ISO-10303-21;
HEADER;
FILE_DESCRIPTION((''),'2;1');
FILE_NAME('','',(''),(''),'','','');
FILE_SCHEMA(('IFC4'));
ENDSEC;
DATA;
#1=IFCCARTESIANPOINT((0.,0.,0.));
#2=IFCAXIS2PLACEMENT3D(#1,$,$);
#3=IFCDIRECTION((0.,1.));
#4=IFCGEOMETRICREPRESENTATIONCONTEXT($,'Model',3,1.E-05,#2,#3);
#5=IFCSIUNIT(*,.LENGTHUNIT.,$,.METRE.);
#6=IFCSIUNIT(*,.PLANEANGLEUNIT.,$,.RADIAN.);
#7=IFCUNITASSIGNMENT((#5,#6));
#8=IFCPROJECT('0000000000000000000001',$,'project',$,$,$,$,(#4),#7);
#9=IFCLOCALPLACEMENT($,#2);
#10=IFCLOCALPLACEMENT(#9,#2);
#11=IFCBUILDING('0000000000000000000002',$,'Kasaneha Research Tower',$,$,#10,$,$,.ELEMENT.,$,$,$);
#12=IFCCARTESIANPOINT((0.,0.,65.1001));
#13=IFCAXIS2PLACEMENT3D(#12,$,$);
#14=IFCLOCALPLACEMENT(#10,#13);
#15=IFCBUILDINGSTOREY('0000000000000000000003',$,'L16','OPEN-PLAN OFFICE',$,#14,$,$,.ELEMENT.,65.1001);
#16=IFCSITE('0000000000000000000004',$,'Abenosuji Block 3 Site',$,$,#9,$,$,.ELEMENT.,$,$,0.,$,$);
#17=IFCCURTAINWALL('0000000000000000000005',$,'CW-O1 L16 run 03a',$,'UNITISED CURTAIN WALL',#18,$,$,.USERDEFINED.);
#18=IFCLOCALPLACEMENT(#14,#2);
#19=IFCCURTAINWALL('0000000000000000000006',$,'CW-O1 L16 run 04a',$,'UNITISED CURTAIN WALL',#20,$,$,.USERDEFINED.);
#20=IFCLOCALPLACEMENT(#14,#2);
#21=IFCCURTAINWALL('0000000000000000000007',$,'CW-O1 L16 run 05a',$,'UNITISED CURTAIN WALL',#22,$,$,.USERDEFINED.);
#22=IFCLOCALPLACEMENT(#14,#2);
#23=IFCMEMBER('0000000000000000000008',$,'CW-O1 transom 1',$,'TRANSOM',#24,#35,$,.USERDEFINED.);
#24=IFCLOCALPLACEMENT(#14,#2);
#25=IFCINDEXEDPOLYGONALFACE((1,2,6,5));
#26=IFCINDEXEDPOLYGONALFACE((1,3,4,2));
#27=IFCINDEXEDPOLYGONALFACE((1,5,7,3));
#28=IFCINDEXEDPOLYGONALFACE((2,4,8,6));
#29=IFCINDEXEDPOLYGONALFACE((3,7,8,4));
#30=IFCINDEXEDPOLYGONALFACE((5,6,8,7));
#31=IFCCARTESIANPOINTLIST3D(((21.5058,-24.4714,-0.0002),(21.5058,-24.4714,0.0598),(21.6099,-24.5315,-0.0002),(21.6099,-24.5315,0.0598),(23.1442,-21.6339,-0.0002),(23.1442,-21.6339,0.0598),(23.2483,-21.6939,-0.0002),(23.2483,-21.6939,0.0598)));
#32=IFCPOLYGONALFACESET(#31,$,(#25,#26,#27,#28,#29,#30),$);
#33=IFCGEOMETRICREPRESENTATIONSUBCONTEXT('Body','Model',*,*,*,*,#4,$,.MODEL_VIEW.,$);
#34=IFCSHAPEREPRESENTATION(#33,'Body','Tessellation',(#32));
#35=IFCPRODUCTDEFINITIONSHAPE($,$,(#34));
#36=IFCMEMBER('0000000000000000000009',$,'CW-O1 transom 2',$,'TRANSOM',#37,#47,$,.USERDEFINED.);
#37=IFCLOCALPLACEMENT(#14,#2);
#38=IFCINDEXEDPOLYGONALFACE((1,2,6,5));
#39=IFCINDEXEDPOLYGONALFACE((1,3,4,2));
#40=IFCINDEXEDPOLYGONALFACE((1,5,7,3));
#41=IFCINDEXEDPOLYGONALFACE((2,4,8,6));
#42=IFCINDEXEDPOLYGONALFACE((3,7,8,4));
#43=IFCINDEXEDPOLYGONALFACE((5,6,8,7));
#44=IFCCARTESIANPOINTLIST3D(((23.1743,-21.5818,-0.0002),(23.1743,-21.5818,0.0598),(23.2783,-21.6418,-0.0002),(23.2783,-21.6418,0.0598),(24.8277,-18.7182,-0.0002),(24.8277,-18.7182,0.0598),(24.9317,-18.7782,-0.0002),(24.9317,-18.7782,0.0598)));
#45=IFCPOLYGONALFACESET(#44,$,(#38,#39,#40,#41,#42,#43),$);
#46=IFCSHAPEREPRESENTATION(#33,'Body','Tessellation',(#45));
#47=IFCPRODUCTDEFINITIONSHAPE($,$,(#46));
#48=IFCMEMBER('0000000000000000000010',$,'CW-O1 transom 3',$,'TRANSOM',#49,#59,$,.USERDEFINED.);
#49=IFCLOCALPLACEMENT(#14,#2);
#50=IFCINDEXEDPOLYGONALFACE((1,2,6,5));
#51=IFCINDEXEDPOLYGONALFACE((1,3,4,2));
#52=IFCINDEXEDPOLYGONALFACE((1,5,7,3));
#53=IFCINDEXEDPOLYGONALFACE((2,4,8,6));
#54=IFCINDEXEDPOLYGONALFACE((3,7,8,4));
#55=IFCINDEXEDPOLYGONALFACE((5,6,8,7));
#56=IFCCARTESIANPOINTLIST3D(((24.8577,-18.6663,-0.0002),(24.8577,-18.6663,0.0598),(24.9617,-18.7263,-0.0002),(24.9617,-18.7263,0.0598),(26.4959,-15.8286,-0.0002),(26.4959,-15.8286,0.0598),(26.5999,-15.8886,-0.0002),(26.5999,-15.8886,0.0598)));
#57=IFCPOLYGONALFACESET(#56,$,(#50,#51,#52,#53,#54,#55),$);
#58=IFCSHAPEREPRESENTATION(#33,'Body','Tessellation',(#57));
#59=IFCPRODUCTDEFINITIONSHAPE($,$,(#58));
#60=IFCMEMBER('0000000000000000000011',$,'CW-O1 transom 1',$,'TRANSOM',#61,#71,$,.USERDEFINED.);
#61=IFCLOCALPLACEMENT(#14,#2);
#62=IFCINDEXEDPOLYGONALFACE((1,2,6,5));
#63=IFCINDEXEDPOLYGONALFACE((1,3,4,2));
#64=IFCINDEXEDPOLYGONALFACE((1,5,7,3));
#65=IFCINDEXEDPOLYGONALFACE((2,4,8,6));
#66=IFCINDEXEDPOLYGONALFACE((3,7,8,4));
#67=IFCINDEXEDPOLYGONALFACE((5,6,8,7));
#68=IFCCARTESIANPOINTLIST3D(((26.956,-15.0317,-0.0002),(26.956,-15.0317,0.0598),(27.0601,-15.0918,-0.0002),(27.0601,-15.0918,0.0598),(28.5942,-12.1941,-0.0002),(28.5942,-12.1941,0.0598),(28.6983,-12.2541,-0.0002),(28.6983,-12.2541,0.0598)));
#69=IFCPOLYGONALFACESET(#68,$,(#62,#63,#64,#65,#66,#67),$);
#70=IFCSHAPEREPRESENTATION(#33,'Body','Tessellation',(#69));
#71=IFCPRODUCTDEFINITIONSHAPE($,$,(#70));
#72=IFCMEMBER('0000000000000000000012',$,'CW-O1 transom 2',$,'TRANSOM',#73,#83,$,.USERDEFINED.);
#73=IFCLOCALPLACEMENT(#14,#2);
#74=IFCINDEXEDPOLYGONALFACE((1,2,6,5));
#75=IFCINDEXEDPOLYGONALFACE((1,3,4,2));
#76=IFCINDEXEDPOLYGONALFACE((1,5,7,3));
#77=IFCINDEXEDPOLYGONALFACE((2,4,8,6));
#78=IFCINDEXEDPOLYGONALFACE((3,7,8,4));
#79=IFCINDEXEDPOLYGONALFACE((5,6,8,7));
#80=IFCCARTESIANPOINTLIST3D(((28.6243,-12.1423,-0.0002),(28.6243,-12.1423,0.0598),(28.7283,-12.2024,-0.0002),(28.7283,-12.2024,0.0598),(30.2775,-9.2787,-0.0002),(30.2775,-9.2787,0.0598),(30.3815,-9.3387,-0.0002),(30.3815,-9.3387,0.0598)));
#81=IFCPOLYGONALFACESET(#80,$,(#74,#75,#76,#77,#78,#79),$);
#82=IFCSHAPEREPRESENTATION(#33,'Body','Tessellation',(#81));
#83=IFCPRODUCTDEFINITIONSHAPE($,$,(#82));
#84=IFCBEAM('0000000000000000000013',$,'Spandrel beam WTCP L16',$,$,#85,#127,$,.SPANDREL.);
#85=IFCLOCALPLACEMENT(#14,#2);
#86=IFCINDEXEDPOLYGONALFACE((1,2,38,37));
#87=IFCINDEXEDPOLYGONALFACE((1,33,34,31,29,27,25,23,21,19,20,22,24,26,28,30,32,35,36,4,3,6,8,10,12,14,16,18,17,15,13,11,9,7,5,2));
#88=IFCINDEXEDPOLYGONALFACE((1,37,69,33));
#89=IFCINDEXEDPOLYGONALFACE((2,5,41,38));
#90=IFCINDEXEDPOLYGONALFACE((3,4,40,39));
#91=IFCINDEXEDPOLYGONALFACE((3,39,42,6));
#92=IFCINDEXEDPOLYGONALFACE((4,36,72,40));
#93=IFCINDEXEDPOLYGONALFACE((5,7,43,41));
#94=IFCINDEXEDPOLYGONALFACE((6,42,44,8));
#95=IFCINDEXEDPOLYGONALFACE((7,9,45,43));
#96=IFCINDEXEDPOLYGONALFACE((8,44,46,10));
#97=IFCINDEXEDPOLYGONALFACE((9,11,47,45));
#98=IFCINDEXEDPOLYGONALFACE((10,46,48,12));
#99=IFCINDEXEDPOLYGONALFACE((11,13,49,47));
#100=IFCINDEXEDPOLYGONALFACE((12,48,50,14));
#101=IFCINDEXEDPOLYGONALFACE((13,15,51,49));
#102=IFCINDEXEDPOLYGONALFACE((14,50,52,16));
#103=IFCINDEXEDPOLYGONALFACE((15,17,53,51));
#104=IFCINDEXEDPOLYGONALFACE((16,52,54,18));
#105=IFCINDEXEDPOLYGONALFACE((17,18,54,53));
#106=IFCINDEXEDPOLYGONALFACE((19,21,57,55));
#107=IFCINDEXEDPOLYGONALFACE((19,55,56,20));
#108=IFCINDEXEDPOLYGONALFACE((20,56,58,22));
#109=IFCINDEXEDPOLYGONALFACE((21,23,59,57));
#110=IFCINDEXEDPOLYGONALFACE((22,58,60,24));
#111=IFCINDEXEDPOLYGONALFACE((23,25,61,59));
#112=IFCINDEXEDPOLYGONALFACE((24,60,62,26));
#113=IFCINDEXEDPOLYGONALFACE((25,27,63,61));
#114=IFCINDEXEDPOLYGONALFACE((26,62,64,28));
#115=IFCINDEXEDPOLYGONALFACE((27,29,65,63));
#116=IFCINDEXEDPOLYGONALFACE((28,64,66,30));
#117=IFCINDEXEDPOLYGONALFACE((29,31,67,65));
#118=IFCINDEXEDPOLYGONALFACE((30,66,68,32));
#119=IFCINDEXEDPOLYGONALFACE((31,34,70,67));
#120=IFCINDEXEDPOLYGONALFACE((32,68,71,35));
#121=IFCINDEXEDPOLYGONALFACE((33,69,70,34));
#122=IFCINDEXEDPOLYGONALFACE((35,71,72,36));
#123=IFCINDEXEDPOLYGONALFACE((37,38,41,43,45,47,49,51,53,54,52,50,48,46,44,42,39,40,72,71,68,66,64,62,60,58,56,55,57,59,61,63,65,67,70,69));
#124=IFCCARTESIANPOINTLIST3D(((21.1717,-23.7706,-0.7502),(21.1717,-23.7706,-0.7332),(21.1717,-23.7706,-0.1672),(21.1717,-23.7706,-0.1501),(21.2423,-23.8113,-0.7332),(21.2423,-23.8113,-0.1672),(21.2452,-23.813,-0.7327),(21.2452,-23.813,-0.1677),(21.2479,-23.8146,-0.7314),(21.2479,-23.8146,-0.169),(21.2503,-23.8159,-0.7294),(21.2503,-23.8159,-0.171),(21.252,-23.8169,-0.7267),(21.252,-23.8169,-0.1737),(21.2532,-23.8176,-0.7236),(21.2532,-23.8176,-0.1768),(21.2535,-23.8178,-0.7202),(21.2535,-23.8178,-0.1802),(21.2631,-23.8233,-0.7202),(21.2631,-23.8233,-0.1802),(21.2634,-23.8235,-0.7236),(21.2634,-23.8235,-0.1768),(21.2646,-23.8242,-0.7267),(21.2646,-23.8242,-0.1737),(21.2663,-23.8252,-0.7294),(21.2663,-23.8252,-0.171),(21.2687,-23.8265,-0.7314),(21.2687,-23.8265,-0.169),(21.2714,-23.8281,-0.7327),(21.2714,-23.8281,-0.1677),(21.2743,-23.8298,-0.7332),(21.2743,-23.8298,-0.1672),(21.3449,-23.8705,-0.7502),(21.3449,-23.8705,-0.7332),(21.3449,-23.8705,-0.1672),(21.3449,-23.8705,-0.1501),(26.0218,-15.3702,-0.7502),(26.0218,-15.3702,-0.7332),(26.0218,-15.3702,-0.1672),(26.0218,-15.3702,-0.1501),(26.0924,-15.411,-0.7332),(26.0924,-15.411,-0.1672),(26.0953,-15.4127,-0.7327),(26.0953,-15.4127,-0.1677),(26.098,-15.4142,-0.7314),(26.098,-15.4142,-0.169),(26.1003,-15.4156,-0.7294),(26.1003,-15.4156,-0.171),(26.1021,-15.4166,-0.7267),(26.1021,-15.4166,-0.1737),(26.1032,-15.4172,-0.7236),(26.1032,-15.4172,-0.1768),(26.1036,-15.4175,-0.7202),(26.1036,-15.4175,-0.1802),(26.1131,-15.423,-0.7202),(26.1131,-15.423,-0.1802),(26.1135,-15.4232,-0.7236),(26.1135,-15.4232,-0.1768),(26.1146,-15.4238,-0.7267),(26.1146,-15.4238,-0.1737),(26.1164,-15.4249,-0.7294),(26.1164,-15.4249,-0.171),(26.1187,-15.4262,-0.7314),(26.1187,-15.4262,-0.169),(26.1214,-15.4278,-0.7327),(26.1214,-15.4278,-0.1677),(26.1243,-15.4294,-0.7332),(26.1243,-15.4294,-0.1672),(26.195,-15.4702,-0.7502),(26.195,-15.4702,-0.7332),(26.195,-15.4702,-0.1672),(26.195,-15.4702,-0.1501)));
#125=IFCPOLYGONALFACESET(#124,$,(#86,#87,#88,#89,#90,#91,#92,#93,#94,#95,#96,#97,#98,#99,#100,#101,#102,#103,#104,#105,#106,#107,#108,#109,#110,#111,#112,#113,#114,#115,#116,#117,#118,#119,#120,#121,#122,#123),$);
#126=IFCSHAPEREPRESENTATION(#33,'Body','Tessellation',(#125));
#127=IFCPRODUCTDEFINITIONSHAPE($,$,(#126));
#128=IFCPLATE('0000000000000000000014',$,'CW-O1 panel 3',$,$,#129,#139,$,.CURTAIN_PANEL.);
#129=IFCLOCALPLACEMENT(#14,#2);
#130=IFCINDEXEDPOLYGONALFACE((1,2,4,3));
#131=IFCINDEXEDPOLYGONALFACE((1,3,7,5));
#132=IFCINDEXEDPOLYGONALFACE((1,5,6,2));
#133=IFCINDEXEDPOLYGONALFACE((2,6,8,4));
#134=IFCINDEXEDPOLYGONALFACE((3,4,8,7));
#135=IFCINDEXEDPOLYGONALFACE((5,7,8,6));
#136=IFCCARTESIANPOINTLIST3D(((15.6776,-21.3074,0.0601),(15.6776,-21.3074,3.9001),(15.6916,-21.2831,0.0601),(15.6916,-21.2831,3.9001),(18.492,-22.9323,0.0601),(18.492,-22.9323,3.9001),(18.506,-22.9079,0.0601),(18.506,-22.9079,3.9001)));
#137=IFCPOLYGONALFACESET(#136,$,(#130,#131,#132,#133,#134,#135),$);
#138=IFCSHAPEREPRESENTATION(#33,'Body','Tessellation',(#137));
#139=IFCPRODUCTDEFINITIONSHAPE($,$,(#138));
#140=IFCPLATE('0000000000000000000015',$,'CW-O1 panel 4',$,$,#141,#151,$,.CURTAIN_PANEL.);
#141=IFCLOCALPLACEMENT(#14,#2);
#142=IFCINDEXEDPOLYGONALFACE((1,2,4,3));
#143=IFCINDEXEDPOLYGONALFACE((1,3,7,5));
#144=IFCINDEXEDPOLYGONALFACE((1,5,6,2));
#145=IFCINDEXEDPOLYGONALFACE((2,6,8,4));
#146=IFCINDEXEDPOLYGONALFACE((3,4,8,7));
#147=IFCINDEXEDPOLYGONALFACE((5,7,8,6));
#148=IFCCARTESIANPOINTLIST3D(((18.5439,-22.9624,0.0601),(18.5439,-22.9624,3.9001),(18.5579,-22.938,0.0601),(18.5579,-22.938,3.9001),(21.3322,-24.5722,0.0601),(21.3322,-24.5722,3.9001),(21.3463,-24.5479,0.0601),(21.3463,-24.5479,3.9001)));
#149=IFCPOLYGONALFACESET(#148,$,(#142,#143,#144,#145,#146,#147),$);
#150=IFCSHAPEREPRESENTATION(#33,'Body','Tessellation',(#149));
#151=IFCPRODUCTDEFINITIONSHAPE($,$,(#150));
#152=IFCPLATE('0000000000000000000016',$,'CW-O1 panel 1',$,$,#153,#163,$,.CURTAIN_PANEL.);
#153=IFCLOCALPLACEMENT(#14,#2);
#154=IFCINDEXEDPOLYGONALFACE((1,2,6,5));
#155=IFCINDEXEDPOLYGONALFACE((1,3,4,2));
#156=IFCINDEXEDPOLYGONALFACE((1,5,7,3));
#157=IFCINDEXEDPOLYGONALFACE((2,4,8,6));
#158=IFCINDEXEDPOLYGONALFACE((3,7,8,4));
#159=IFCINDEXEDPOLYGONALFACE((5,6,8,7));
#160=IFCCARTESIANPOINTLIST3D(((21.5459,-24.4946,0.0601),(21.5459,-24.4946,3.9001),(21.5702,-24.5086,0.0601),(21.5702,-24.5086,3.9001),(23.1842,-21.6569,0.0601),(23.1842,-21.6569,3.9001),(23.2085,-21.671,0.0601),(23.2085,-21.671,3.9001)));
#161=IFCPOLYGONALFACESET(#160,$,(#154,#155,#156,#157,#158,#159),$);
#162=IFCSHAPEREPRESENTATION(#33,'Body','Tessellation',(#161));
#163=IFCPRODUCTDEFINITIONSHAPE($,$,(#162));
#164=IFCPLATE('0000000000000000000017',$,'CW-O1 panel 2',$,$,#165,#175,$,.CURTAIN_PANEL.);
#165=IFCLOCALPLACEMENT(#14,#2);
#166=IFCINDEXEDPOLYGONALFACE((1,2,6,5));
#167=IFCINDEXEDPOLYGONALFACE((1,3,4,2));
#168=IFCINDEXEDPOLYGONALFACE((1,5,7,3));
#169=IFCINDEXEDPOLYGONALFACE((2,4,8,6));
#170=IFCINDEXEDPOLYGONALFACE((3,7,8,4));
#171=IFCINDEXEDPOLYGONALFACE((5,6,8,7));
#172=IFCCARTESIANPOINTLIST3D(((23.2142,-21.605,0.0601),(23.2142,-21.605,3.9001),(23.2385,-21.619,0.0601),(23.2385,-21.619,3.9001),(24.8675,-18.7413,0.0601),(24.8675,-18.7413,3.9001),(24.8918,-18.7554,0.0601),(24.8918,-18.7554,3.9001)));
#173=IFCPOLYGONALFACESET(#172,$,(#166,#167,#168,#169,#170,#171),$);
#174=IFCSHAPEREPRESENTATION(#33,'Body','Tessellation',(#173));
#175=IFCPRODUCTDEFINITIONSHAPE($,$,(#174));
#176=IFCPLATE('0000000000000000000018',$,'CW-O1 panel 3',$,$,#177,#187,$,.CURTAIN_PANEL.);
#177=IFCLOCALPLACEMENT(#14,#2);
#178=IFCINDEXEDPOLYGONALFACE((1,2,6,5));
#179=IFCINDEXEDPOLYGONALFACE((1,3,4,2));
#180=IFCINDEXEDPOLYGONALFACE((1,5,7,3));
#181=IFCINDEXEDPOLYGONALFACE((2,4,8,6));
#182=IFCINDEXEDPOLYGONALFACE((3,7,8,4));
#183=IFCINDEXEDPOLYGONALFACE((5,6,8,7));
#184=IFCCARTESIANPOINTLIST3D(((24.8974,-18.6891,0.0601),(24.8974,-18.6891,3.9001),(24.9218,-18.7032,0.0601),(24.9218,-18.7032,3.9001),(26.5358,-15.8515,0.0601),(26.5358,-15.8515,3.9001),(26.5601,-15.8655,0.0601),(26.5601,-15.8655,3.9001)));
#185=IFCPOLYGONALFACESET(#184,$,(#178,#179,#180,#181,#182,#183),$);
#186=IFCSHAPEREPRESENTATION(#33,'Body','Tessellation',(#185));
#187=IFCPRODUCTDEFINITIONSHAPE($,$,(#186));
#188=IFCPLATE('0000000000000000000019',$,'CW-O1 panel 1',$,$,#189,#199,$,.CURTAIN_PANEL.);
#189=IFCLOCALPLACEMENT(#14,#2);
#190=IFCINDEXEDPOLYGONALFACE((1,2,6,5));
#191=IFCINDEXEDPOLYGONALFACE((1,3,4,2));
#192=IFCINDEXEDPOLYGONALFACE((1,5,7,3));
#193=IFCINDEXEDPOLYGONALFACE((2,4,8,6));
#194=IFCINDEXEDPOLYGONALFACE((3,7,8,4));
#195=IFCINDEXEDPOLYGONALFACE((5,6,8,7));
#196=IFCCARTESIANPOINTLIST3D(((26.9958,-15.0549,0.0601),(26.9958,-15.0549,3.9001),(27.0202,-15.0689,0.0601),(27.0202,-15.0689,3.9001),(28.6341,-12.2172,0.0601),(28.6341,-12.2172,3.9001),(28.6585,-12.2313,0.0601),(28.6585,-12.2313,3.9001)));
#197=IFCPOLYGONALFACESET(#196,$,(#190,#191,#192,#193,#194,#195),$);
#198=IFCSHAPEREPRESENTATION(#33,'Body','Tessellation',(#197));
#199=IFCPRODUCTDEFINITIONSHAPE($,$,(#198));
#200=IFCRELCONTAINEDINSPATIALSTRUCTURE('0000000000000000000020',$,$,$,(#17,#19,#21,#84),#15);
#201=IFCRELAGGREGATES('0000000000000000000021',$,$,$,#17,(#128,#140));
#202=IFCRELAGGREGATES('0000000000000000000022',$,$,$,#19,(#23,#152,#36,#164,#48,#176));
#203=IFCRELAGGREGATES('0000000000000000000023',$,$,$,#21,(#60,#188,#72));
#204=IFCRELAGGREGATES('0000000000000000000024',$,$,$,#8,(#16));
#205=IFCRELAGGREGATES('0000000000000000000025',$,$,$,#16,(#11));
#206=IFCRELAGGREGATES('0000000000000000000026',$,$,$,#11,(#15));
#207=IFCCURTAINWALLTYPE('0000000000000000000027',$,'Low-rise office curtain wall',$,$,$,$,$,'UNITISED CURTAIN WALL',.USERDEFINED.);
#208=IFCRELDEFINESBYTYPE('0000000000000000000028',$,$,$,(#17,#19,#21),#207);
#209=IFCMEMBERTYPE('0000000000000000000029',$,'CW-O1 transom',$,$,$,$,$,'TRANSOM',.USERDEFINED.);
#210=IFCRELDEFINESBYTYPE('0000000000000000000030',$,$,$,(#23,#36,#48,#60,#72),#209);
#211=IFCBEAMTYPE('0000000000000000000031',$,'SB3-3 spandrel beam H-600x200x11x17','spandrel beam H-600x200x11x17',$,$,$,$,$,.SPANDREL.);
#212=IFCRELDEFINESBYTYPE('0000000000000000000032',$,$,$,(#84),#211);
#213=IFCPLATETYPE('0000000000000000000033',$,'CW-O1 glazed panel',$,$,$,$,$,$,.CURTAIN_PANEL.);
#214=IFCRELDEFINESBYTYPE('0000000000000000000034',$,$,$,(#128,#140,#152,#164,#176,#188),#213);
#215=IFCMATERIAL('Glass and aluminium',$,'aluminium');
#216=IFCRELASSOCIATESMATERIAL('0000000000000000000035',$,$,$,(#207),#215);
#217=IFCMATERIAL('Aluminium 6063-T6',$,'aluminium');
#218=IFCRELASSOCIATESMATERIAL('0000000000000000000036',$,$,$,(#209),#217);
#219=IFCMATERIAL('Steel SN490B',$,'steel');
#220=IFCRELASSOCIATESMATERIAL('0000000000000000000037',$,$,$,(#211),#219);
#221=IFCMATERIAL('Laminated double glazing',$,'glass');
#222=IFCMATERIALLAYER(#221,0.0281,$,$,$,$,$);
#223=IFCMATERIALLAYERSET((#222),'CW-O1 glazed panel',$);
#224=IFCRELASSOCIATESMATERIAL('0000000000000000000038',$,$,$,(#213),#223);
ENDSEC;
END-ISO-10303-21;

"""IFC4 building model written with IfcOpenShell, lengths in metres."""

from ifc_helpers import new_model, si_unit, direction, frame, origin, origin_2d, place, context, subcontext, project, spatial, rectangle, i_section, extrude, material, layer, layer_set, material_profile, profile_set, type_object, element, aggregate, save


model = new_model("IFC4")

# Units and contexts
model_context = context("Model", 3, precision=1e-05, world=origin(), true_north=direction((0.0, 1.0)))
body_context = subcontext(model_context, "Body", "Model", "MODEL_VIEW")
ifc_project = project(units=[si_unit("LENGTHUNIT", "METRE"), si_unit("PLANEANGLEUNIT", "RADIAN")], contexts=[model_context])

# Site, building, storey
site_placement = place(None, origin())
site = spatial("IfcSite", under=ifc_project, at=site_placement, Name="Abenosuji Block 3 Site", CompositionType="ELEMENT", RefElevation=0.0)
building_placement = place(site_placement, origin())
building = spatial("IfcBuilding", under=site, at=building_placement, Name="Kasaneha Research Tower", CompositionType="ELEMENT")
storey_placement = place(building_placement, frame((0.0, 0.0, 65.1001)))
storey = spatial("IfcBuildingStorey", under=building, at=storey_placement, Name="L16", Description="OPEN-PLAN OFFICE", CompositionType="ELEMENT", Elevation=65.1001)

# Curtain walls
ifc_material_1 = material(Name="Glass and aluminium", Category="aluminium")
curtain_wall_type = type_object("IfcCurtainWallType", Name="Low-rise office curtain wall", ElementType="UNITISED CURTAIN WALL", PredefinedType="USERDEFINED", material=ifc_material_1)
curtain_wall_1_placement = place(storey_placement, origin())
curtain_wall_1 = element("IfcCurtainWall", 1, at=curtain_wall_1_placement, inside=storey, type_object=curtain_wall_type, Name="CW-O1 L16 run 03a", ObjectType="UNITISED CURTAIN WALL", PredefinedType="USERDEFINED")
curtain_wall_2_placement = place(storey_placement, origin())
curtain_wall_2 = element("IfcCurtainWall", 2, at=curtain_wall_2_placement, inside=storey, type_object=curtain_wall_type, Name="CW-O1 L16 run 04a", ObjectType="UNITISED CURTAIN WALL", PredefinedType="USERDEFINED")
curtain_wall_3_placement = place(storey_placement, origin())
curtain_wall_3 = element("IfcCurtainWall", 3, at=curtain_wall_3_placement, inside=storey, type_object=curtain_wall_type, Name="CW-O1 L16 run 05a", ObjectType="UNITISED CURTAIN WALL", PredefinedType="USERDEFINED")

# Members
ifc_material_2 = material(Name="Aluminium 6063-T6", Category="aluminium")
ifc_material_profile_1 = material_profile(ifc_material_2, rectangle(XDim=0.1201, YDim=0.0601, at=origin_2d()), Name="CW-O1 transom 120x60")
ifc_profile_set_1 = profile_set([ifc_material_profile_1], Name="Aluminium 6063-T6")
member_type_1 = type_object("IfcMemberType", Name="CW-O1 transom", ElementType="TRANSOM", PredefinedType="USERDEFINED", material=ifc_profile_set_1)
member_1_placement = place(storey_placement, frame((21.5579, -24.5015, 0.0298), z_axis=(0.500026, 0.866011, 0.0), x_axis=(-0.866011, 0.500026, 0.0)))
member_1 = element("IfcMember", 4, at=member_1_placement, type_object=member_type_1, Name="CW-O1 transom 1", ObjectType="TRANSOM", PredefinedType="USERDEFINED", context=body_context, shape_type="SweptSolid", body=[
    extrude(rectangle(XDim=0.1201, YDim=0.0601, at=origin_2d()), origin(), (0.0, 0.0, 1.0), 3.2766),
])
member_2_placement = place(storey_placement, frame((23.2263, -21.6118, 0.0298), z_axis=(0.500014, 0.866017, 0.0), x_axis=(-0.866017, 0.500014, 0.0)))
member_2 = element("IfcMember", 5, at=member_2_placement, type_object=member_type_1, Name="CW-O1 transom 2", ObjectType="TRANSOM", PredefinedType="USERDEFINED", context=body_context, shape_type="SweptSolid", body=[
    extrude(rectangle(XDim=0.1201, YDim=0.0601, at=origin_2d()), origin(), (0.0, 0.0, 1.0), 3.3066),
])
member_3_placement = place(storey_placement, frame((24.9097, -18.6963, 0.0298), z_axis=(0.49997, 0.866043, 0.0), x_axis=(-0.866043, 0.49997, 0.0)))
member_3 = element("IfcMember", 6, at=member_3_placement, type_object=member_type_1, Name="CW-O1 transom 3", ObjectType="TRANSOM", PredefinedType="USERDEFINED", context=body_context, shape_type="SweptSolid", body=[
    extrude(rectangle(XDim=0.1201, YDim=0.0601, at=origin_2d()), origin(), (0.0, 0.0, 1.0), 3.2766),
])
member_4_placement = place(storey_placement, frame((27.0081, -15.0618, 0.0298), z_axis=(0.49997, 0.866043, 0.0), x_axis=(-0.866043, 0.49997, 0.0)))
member_4 = element("IfcMember", 7, at=member_4_placement, type_object=member_type_1, Name="CW-O1 transom 1", ObjectType="TRANSOM", PredefinedType="USERDEFINED", context=body_context, shape_type="SweptSolid", body=[
    extrude(rectangle(XDim=0.1201, YDim=0.0601, at=origin_2d()), origin(), (0.0, 0.0, 1.0), 3.2766),
])
member_5_placement = place(storey_placement, frame((28.6763, -12.1724, 0.0298), z_axis=(0.499982, 0.866036, 0.0), x_axis=(-0.866036, 0.499982, 0.0)))
member_5 = element("IfcMember", 8, at=member_5_placement, type_object=member_type_1, Name="CW-O1 transom 2", ObjectType="TRANSOM", PredefinedType="USERDEFINED", context=body_context, shape_type="SweptSolid", body=[
    extrude(rectangle(XDim=0.1201, YDim=0.0601, at=origin_2d()), origin(), (0.0, 0.0, 1.0), 3.3066),
])

# Beam
ifc_material_3 = material(Name="Steel SN490B", Category="steel")
ifc_material_profile_2 = material_profile(ifc_material_3, i_section(OverallWidth=0.2, OverallDepth=0.6001, WebThickness=0.011, FlangeThickness=0.0171, FilletRadius=0.0129, at=origin_2d()), Name="H-600x200x11x17")
ifc_profile_set_2 = profile_set([ifc_material_profile_2], Name="Steel SN490B")
beam_type_1 = type_object("IfcBeamType", Name="SB3-3 spandrel beam H-600x200x11x17", Description="spandrel beam H-600x200x11x17", PredefinedType="SPANDREL", material=ifc_profile_set_2)
beam_1_placement = place(storey_placement, frame((21.2583, -23.8206, -0.4502), z_axis=(0.50001, 0.86602, 0.0), x_axis=(-0.86602, 0.50001, 0.0)))
element("IfcBeam", 9, at=beam_1_placement, inside=storey, type_object=beam_type_1, Name="Spandrel beam WTCP L16", PredefinedType="SPANDREL", context=body_context, shape_type="SweptSolid", body=[
    extrude(i_section(OverallWidth=0.2, OverallDepth=0.6001, WebThickness=0.011, FlangeThickness=0.0171, FilletRadius=0.0129, at=origin_2d()), origin(), (0.0, 0.0, 1.0), 9.7),
])

# Plates
ifc_material_4 = material(Name="Laminated double glazing", Category="glass")
ifc_layer_1 = layer(ifc_material_4, 0.0281)
ifc_layer_set_1 = layer_set([ifc_layer_1], Name="CW-O1 glazed panel")
plate_type = type_object("IfcPlateType", Name="CW-O1 glazed panel", PredefinedType="CURTAIN_PANEL", material=ifc_layer_set_1)
plate_1_placement = place(storey_placement, frame((17.0918, -22.1077, 0.0601), z_axis=(0.0, 0.0, 1.0), x_axis=(0.866025, -0.5, 0.0)))
plate_1 = element("IfcPlate", 10, at=plate_1_placement, type_object=plate_type, Name="CW-O1 panel 3", PredefinedType="CURTAIN_PANEL", context=body_context, shape_type="SweptSolid", body=[
    extrude(rectangle(XDim=3.2498, YDim=0.0281, at=origin_2d()), origin(), (0.0, 0.0, 1.0), 3.8401),
])
plate_2_placement = place(storey_placement, frame((19.9451, -23.7551, 0.0601), z_axis=(0.0, 0.0, 1.0), x_axis=(0.866025, -0.5, 0.0)))
plate_2 = element("IfcPlate", 11, at=plate_2_placement, type_object=plate_type, Name="CW-O1 panel 4", PredefinedType="CURTAIN_PANEL", context=body_context, shape_type="SweptSolid", body=[
    extrude(rectangle(XDim=3.2197, YDim=0.0281, at=origin_2d()), origin(), (0.0, 0.0, 1.0), 3.8401),
])
aggregate(curtain_wall_1, [plate_1, plate_2])
plate_3_placement = place(storey_placement, frame((22.3772, -23.0828, 0.0601), z_axis=(0.0, 0.0, 1.0), x_axis=(0.5, 0.866025, 0.0)))
plate_3 = element("IfcPlate", 12, at=plate_3_placement, type_object=plate_type, Name="CW-O1 panel 1", PredefinedType="CURTAIN_PANEL", context=body_context, shape_type="SweptSolid", body=[
    extrude(rectangle(XDim=3.2766, YDim=0.0281, at=origin_2d()), origin(), (0.0, 0.0, 1.0), 3.8401),
])
plate_4_placement = place(storey_placement, frame((24.053, -20.1802, 0.0601), z_axis=(0.0, 0.0, 1.0), x_axis=(0.5, 0.866025, 0.0)))
plate_4 = element("IfcPlate", 13, at=plate_4_placement, type_object=plate_type, Name="CW-O1 panel 2", PredefinedType="CURTAIN_PANEL", context=body_context, shape_type="SweptSolid", body=[
    extrude(rectangle(XDim=3.3066, YDim=0.0281, at=origin_2d()), origin(), (0.0, 0.0, 1.0), 3.8401),
])
plate_5_placement = place(storey_placement, frame((25.7288, -17.2773, 0.0601), z_axis=(0.0, 0.0, 1.0), x_axis=(0.5, 0.866025, 0.0)))
plate_5 = element("IfcPlate", 14, at=plate_5_placement, type_object=plate_type, Name="CW-O1 panel 3", PredefinedType="CURTAIN_PANEL", context=body_context, shape_type="SweptSolid", body=[
    extrude(rectangle(XDim=3.2766, YDim=0.0281, at=origin_2d()), origin(), (0.0, 0.0, 1.0), 3.8401),
])
aggregate(curtain_wall_2, [member_1, plate_3, member_2, plate_4, member_3, plate_5])
plate_6_placement = place(storey_placement, frame((27.8271, -13.6431, 0.0601), z_axis=(0.0, 0.0, 1.0), x_axis=(0.5, 0.866025, 0.0)))
plate_6 = element("IfcPlate", 15, at=plate_6_placement, type_object=plate_type, Name="CW-O1 panel 1", PredefinedType="CURTAIN_PANEL", context=body_context, shape_type="SweptSolid", body=[
    extrude(rectangle(XDim=3.2766, YDim=0.0281, at=origin_2d()), origin(), (0.0, 0.0, 1.0), 3.8401),
])
aggregate(curtain_wall_3, [member_4, plate_6, member_5])

save(model, "model.ifc")
